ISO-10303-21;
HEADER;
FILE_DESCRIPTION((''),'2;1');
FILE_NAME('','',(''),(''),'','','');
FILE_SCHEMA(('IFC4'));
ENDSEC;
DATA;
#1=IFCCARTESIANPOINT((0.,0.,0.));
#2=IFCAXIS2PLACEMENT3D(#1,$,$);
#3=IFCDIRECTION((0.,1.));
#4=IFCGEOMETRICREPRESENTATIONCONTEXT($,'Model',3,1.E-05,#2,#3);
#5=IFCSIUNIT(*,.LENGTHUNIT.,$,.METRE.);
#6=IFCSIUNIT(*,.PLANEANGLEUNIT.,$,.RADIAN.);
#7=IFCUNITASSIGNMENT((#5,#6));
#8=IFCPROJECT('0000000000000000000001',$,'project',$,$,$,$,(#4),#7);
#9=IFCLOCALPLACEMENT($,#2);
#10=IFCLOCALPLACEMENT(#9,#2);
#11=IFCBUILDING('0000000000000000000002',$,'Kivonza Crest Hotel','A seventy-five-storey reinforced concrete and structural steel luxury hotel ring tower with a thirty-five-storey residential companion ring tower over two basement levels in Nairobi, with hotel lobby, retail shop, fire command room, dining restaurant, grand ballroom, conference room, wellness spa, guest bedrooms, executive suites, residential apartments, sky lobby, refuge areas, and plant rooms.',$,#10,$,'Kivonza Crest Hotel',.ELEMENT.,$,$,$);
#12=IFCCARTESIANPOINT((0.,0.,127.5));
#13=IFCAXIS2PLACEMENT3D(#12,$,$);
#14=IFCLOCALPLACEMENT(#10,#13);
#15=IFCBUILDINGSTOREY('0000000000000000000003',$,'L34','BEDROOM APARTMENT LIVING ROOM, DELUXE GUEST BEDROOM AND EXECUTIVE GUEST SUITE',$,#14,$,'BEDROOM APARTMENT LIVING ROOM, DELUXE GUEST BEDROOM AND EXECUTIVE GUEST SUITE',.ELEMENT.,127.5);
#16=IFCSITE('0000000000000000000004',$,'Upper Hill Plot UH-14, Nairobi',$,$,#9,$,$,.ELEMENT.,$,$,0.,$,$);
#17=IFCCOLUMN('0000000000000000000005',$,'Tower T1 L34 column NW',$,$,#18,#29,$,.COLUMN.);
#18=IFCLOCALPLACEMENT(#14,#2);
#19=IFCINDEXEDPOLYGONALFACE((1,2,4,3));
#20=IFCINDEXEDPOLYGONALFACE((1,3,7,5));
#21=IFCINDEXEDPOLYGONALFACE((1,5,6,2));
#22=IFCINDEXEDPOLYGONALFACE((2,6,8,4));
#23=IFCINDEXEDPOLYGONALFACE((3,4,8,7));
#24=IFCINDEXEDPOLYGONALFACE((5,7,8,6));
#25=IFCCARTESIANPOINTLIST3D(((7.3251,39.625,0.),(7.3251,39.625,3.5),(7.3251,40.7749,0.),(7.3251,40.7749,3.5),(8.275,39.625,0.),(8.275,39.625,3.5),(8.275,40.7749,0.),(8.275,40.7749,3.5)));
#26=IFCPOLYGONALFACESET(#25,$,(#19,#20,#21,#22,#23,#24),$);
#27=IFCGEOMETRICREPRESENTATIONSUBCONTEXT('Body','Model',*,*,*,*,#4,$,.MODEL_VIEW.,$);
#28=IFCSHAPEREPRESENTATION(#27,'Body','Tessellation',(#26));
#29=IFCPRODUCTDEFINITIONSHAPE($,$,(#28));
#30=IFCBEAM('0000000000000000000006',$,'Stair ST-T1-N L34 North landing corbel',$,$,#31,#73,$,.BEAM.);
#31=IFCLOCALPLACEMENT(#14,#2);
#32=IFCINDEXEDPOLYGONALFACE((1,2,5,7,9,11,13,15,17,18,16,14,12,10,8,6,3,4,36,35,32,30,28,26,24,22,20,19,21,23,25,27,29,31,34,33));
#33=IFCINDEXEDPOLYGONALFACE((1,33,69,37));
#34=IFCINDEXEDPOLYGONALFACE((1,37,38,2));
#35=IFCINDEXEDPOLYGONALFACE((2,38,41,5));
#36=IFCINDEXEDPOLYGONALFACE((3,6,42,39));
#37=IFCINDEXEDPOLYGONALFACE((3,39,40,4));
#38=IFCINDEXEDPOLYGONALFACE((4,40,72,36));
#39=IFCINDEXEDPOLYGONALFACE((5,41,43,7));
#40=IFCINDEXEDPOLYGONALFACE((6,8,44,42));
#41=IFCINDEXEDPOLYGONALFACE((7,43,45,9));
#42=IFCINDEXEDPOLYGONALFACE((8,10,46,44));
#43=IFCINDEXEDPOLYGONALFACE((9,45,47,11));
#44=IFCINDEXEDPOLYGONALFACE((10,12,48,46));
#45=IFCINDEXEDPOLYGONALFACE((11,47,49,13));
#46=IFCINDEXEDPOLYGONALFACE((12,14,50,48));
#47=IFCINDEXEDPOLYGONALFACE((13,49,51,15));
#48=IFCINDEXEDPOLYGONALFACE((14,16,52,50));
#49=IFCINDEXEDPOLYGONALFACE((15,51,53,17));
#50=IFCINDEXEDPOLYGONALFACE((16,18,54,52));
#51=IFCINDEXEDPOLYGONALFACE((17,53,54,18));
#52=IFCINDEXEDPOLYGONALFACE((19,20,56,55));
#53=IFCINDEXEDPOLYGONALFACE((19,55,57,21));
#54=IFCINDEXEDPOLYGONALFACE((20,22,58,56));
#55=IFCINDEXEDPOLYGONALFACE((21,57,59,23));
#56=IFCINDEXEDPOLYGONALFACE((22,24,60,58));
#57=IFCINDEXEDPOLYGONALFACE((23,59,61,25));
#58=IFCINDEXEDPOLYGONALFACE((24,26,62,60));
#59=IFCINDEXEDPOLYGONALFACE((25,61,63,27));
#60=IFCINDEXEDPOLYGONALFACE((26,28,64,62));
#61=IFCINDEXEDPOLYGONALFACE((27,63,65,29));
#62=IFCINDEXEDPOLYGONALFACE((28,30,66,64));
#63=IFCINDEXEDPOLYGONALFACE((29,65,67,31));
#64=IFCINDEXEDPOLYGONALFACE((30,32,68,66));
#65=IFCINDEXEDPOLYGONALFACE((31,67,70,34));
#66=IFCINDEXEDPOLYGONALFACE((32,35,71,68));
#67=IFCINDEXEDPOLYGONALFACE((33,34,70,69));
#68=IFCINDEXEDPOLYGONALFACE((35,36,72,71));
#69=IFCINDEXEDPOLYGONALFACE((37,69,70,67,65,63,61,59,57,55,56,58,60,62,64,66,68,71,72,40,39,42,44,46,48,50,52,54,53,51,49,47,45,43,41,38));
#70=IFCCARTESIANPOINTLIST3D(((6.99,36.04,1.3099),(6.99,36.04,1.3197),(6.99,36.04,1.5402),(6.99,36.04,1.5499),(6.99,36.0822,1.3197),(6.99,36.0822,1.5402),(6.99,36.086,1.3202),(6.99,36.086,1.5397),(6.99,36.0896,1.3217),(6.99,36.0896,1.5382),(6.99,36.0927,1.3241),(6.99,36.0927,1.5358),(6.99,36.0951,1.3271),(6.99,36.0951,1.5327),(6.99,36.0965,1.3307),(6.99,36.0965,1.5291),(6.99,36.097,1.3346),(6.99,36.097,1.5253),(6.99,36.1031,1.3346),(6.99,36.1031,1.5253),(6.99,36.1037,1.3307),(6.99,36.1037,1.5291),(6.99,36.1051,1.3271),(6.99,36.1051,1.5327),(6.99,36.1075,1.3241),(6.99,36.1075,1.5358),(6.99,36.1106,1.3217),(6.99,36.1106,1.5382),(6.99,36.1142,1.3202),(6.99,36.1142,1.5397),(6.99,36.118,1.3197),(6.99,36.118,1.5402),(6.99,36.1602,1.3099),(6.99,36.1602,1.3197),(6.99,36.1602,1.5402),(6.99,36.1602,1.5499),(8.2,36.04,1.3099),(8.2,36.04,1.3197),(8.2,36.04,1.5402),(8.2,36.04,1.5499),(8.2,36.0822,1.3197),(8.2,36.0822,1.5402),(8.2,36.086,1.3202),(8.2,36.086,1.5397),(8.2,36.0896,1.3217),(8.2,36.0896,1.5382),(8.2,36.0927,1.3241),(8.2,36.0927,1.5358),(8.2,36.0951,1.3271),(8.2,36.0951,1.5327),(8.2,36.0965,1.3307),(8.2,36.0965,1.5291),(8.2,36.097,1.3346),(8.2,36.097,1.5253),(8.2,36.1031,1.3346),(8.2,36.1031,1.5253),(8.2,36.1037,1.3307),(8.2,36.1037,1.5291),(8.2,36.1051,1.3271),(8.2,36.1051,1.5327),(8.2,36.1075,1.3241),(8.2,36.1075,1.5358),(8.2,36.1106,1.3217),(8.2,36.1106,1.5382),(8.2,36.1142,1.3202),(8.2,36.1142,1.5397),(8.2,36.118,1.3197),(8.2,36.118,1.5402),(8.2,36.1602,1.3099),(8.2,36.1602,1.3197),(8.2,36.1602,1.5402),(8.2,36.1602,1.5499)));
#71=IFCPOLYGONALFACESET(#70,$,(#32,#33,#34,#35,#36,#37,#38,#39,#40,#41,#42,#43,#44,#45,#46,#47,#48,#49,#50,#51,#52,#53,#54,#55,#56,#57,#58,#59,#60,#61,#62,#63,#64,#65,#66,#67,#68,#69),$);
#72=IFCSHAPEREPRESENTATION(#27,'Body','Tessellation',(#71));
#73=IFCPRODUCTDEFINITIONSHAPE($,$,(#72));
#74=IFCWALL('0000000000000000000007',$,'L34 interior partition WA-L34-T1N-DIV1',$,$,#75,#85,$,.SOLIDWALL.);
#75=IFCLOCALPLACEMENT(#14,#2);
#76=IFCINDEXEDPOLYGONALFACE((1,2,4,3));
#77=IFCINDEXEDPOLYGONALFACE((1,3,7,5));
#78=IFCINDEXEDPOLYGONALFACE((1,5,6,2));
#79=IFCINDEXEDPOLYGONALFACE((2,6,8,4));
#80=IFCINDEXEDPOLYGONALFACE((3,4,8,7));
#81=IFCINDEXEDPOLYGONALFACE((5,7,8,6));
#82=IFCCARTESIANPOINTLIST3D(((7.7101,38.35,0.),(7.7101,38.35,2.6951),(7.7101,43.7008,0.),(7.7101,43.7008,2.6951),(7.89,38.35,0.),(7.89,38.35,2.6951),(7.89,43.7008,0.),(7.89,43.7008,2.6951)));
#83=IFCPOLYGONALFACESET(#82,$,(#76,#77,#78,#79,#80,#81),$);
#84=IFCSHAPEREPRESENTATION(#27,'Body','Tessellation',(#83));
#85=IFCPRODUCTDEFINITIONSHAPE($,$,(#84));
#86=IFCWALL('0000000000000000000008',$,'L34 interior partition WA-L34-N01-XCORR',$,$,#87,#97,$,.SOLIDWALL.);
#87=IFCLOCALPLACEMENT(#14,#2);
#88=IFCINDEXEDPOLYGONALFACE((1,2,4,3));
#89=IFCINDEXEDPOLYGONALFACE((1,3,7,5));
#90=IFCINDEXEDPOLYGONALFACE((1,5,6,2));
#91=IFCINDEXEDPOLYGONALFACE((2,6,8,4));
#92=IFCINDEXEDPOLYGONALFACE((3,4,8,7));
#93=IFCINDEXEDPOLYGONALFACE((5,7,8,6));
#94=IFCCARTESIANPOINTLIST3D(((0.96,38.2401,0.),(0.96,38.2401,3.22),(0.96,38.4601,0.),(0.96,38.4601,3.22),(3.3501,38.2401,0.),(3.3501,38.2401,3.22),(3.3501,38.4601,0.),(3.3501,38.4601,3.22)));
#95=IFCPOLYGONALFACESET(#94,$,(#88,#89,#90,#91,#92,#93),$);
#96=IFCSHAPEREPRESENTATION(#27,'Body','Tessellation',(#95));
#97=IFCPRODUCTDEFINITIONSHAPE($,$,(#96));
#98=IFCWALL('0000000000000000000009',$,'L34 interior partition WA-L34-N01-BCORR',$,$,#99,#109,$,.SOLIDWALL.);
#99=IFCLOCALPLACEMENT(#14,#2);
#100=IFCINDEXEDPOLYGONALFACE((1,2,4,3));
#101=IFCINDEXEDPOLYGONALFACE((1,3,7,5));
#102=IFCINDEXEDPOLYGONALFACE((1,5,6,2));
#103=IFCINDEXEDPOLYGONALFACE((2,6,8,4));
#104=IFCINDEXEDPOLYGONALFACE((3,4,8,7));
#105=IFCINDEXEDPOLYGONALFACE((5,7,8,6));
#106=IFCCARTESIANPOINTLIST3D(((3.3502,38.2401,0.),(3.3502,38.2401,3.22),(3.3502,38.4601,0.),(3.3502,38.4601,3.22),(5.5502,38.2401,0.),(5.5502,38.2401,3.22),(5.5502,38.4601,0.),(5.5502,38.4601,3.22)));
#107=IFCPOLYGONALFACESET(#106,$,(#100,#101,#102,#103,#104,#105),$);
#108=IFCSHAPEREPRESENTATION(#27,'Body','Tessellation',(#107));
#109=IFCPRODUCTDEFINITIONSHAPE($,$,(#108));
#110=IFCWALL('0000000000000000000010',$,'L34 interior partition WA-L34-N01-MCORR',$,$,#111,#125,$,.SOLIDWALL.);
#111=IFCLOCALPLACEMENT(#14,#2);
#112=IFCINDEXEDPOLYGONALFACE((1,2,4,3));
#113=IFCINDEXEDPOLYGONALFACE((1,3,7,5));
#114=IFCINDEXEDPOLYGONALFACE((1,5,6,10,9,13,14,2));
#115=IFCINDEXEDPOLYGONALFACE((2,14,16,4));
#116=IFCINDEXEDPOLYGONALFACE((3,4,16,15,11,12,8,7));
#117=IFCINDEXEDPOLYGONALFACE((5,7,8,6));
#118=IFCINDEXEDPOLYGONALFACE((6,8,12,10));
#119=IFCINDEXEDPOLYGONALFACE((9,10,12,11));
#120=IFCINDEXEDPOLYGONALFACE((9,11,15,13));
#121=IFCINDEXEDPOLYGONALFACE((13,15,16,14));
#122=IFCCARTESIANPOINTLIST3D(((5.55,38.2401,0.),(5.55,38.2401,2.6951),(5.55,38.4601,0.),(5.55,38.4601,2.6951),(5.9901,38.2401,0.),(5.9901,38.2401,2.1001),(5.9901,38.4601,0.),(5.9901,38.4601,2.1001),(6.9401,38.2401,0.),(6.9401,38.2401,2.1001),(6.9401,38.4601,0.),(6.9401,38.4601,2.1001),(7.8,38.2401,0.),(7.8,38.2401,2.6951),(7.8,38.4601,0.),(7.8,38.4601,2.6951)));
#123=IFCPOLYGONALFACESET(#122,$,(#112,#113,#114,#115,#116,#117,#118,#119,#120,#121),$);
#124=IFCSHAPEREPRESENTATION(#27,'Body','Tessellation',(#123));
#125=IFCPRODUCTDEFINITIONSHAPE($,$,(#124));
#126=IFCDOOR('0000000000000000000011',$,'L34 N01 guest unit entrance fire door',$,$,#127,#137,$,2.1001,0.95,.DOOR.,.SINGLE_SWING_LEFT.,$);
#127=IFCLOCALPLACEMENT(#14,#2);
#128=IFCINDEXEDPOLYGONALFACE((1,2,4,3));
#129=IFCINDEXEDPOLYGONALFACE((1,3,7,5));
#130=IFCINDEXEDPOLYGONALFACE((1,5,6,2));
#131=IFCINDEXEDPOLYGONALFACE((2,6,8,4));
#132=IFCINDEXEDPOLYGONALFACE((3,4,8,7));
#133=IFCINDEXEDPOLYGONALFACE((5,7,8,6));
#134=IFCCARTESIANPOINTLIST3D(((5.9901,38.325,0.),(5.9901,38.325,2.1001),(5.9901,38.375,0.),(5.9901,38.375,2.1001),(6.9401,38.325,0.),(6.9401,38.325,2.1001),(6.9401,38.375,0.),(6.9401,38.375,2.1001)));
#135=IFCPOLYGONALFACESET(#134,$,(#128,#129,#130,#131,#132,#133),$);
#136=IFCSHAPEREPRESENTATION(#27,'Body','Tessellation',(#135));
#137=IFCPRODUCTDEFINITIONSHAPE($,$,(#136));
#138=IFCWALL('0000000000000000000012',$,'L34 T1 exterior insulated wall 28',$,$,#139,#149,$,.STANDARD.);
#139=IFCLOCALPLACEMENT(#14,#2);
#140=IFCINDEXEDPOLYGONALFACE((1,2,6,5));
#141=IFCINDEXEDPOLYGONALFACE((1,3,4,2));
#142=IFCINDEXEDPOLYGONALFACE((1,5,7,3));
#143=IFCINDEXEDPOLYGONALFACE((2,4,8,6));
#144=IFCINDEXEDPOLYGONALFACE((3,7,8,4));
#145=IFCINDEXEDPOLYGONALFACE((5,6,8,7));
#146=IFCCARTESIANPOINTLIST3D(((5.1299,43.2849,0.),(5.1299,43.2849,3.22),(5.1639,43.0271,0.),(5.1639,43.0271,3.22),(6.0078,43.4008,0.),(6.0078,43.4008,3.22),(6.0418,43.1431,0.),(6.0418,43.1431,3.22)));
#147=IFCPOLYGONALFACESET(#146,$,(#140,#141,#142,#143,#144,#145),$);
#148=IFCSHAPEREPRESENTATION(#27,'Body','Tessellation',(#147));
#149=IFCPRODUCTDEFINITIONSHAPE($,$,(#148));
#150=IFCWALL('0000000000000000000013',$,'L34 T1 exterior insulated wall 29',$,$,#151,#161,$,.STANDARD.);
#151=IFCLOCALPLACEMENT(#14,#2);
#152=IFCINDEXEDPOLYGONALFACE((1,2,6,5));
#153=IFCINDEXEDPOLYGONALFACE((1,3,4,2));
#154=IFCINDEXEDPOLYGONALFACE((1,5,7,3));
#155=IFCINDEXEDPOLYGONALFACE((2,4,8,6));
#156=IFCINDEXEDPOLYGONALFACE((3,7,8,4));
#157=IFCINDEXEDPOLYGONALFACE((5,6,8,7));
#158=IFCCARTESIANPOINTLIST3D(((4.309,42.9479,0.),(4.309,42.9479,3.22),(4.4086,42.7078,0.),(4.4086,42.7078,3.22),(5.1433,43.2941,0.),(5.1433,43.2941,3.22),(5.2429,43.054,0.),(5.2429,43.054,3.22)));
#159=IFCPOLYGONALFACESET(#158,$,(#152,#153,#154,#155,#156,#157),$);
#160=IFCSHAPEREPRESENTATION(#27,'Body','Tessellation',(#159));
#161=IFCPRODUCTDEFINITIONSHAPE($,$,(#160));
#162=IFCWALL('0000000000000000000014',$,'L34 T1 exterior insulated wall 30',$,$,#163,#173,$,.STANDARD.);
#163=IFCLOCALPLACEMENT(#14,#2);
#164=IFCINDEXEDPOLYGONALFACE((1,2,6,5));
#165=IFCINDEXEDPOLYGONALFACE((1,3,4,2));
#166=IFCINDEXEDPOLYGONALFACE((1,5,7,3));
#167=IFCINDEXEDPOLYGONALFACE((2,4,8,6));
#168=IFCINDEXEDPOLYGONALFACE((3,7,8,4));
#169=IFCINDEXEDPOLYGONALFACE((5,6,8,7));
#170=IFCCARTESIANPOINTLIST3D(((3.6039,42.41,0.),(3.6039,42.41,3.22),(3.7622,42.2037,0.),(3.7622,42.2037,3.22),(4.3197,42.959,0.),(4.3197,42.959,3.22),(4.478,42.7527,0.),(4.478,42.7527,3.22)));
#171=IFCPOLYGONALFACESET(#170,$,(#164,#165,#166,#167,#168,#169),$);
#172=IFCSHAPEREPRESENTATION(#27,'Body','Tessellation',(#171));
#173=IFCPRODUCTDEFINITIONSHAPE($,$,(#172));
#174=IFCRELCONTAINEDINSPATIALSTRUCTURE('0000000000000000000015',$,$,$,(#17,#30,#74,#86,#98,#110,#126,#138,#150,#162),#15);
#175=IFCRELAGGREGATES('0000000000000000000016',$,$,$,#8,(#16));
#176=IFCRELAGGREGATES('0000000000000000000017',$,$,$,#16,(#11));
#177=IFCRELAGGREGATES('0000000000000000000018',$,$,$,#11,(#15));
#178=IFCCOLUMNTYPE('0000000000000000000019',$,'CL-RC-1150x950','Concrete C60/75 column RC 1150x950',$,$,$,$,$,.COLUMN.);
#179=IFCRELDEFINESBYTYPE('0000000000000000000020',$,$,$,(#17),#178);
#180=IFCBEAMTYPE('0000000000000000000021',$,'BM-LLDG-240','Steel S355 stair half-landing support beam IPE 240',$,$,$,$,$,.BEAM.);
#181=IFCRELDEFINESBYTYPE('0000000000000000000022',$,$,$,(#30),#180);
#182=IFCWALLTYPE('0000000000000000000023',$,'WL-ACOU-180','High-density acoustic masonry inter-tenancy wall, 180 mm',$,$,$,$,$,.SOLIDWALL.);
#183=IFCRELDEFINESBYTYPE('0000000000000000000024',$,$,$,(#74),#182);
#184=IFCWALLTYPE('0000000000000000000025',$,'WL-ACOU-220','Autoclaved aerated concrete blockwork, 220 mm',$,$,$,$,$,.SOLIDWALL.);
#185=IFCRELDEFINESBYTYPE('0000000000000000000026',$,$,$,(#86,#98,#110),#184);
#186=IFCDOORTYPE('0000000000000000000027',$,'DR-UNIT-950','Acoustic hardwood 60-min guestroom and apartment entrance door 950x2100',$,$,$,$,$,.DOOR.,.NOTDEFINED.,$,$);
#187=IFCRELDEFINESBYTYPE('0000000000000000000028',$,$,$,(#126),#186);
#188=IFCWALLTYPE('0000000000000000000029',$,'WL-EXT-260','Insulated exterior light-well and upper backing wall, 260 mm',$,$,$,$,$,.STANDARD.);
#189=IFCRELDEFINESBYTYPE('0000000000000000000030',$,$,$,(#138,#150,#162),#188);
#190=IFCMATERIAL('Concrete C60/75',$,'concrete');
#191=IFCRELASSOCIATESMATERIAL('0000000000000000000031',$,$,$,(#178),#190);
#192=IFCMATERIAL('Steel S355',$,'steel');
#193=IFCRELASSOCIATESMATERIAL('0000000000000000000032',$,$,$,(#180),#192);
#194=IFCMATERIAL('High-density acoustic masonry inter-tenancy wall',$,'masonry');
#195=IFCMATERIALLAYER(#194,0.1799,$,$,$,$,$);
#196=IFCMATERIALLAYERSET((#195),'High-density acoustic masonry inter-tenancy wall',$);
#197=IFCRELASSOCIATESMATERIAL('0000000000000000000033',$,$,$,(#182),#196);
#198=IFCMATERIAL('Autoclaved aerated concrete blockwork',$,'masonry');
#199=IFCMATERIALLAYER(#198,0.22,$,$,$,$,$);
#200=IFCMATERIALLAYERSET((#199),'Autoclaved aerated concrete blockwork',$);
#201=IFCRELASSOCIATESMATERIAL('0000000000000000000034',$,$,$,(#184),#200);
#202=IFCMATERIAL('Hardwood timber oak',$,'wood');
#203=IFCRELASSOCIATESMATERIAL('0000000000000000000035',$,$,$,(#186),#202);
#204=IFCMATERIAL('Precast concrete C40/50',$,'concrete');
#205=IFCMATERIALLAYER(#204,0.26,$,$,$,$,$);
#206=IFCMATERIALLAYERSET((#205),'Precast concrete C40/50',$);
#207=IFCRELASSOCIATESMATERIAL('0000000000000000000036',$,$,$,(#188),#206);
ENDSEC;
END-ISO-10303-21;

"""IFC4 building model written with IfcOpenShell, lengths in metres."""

from ifc_helpers import new_model, si_unit, direction, frame, frame_2d, origin, origin_2d, place, context, subcontext, project, spatial, rectangle, i_section, extrude, material, layer, layer_set, material_profile, profile_set, type_object, element, fill, save


model = new_model("IFC4")

# Units and contexts
model_context = context("Model", 3, precision=1e-05, world=origin(), true_north=direction((0.0, 1.0)))
body_context = subcontext(model_context, "Body", "Model", "MODEL_VIEW")
ifc_project = project(units=[si_unit("LENGTHUNIT", "METRE"), si_unit("PLANEANGLEUNIT", "RADIAN")], contexts=[model_context])

# Site, building, storey
site_placement = place(None, origin())
site = spatial("IfcSite", under=ifc_project, at=site_placement, Name="Upper Hill Plot UH-14, Nairobi", CompositionType="ELEMENT", RefElevation=0.0)
building_placement = place(site_placement, origin())
building = spatial("IfcBuilding", under=site, at=building_placement, Name="Kivonza Crest Hotel", Description="A seventy-five-storey reinforced concrete and structural steel luxury hotel ring tower with a thirty-five-storey residential companion ring tower over two basement levels in Nairobi, with hotel lobby, retail shop, fire command room, dining restaurant, grand ballroom, conference room, wellness spa, guest bedrooms, executive suites, residential apartments, sky lobby, refuge areas, and plant rooms.", LongName="Kivonza Crest Hotel", CompositionType="ELEMENT")
storey_placement = place(building_placement, frame((0.0, 0.0, 127.5)))
storey = spatial("IfcBuildingStorey", under=building, at=storey_placement, Name="L34", Description="BEDROOM APARTMENT LIVING ROOM, DELUXE GUEST BEDROOM AND EXECUTIVE GUEST SUITE", LongName="BEDROOM APARTMENT LIVING ROOM, DELUXE GUEST BEDROOM AND EXECUTIVE GUEST SUITE", CompositionType="ELEMENT", Elevation=127.5)

# Column
ifc_material_1 = material(Name="Concrete C60/75", Category="concrete")
ifc_material_profile_1 = material_profile(ifc_material_1, rectangle(XDim=0.95, YDim=1.1499, at=origin_2d()), Name="RC 1150x950")
ifc_profile_set_1 = profile_set([ifc_material_profile_1], Name="Concrete C60/75")
column_type = type_object("IfcColumnType", Name="CL-RC-1150x950", Description="Concrete C60/75 column RC 1150x950", PredefinedType="COLUMN", material=ifc_profile_set_1)
column_placement = place(storey_placement, frame((7.8, 40.2, 0.0), z_axis=(0.0, 0.0, 1.0), x_axis=(1.0, 0.0, 0.0)))
element("IfcColumn", 1, at=column_placement, inside=storey, type_object=column_type, Name="Tower T1 L34 column NW", PredefinedType="COLUMN", context=body_context, shape_type="SweptSolid", body=[
    extrude(rectangle(XDim=0.95, YDim=1.1499, at=origin_2d()), origin(), (0.0, 0.0, 1.0), 3.5),
])

# Beam
ifc_material_2 = material(Name="Steel S355", Category="steel")
ifc_material_profile_2 = material_profile(ifc_material_2, i_section(OverallWidth=0.1201, OverallDepth=0.24, WebThickness=0.0061, FlangeThickness=0.0098, FilletRadius=0.0149, at=origin_2d()), Name="IPE 240")
ifc_profile_set_2 = profile_set([ifc_material_profile_2], Name="Steel S355")
beam_type = type_object("IfcBeamType", Name="BM-LLDG-240", Description="Steel S355 stair half-landing support beam IPE 240", PredefinedType="BEAM", material=ifc_profile_set_2)
beam_placement = place(storey_placement, frame((6.99, 36.1001, 1.4299), z_axis=(1.0, 0.0, 0.0), x_axis=(0.0, 1.0, 0.0)))
element("IfcBeam", 2, at=beam_placement, inside=storey, type_object=beam_type, Name="Stair ST-T1-N L34 North landing corbel", PredefinedType="BEAM", context=body_context, shape_type="SweptSolid", body=[
    extrude(i_section(OverallWidth=0.1201, OverallDepth=0.24, WebThickness=0.0061, FlangeThickness=0.0098, FilletRadius=0.0149, at=origin_2d()), origin(), (0.0, 0.0, 1.0), 1.21),
])

# Walls
ifc_material_3 = material(Name="High-density acoustic masonry inter-tenancy wall", Category="masonry")
ifc_layer_1 = layer(ifc_material_3, 0.1799)
ifc_layer_set_1 = layer_set([ifc_layer_1], Name="High-density acoustic masonry inter-tenancy wall")
wall_type_1 = type_object("IfcWallType", Name="WL-ACOU-180", Description="High-density acoustic masonry inter-tenancy wall, 180 mm", PredefinedType="SOLIDWALL", material=ifc_layer_set_1)
wall_1_placement = place(storey_placement, frame((7.8, 38.3501, 0.0), z_axis=(0.0, 0.0, 1.0), x_axis=(0.0, 1.0, 0.0)))
element("IfcWall", 3, at=wall_1_placement, inside=storey, type_object=wall_type_1, Name="L34 interior partition WA-L34-T1N-DIV1", PredefinedType="SOLIDWALL", context=body_context, shape_type="SweptSolid", body=[
    extrude(rectangle(XDim=5.3508, YDim=0.1799, at=frame_2d((2.6753, 0.0))), origin(), (0.0, 0.0, 1.0), 2.6951),
])
ifc_material_4 = material(Name="Autoclaved aerated concrete blockwork", Category="masonry")
ifc_layer_2 = layer(ifc_material_4, 0.22)
ifc_layer_set_2 = layer_set([ifc_layer_2], Name="Autoclaved aerated concrete blockwork")
wall_type_2 = type_object("IfcWallType", Name="WL-ACOU-220", Description="Autoclaved aerated concrete blockwork, 220 mm", PredefinedType="SOLIDWALL", material=ifc_layer_set_2)
wall_2_placement = place(storey_placement, frame((0.96, 38.3501, 0.0), z_axis=(0.0, 0.0, 1.0), x_axis=(1.0, 0.0, 0.0)))
element("IfcWall", 4, at=wall_2_placement, inside=storey, type_object=wall_type_2, Name="L34 interior partition WA-L34-N01-XCORR", PredefinedType="SOLIDWALL", context=body_context, shape_type="SweptSolid", body=[
    extrude(rectangle(XDim=2.3901, YDim=0.22, at=frame_2d((1.1951, 0.0))), origin(), (0.0, 0.0, 1.0), 3.22),
])
wall_3_placement = place(storey_placement, frame((3.3501, 38.3501, 0.0), z_axis=(0.0, 0.0, 1.0), x_axis=(1.0, 0.0, 0.0)))
element("IfcWall", 5, at=wall_3_placement, inside=storey, type_object=wall_type_2, Name="L34 interior partition WA-L34-N01-BCORR", PredefinedType="SOLIDWALL", context=body_context, shape_type="SweptSolid", body=[
    extrude(rectangle(XDim=2.2, YDim=0.22, at=frame_2d((1.1001, 0.0))), origin(), (0.0, 0.0, 1.0), 3.22),
])

# Wall, opening, door
wall_4_placement = place(storey_placement, frame((5.55, 38.3501, 0.0), z_axis=(0.0, 0.0, 1.0), x_axis=(1.0, 0.0, 0.0)))
wall_4 = element("IfcWall", 6, at=wall_4_placement, inside=storey, type_object=wall_type_2, Name="L34 interior partition WA-L34-N01-MCORR", PredefinedType="SOLIDWALL", context=body_context, shape_type="SweptSolid", body=[
    extrude(rectangle(XDim=2.25, YDim=0.22, at=frame_2d((1.125, 0.0))), origin(), (0.0, 0.0, 1.0), 2.6951),
])
opening_1_placement = place(wall_4_placement, frame((0.4399, 0.0, 0.0)))
opening_1 = element("IfcOpeningElement", 7, at=opening_1_placement, cuts=wall_4, PredefinedType="OPENING", context=body_context, shape_type="SweptSolid", body=[
    extrude(rectangle(XDim=0.95, YDim=2.1001, at=frame_2d((0.4751, 1.05))), frame((0.0, 0.1201, 0.0), z_axis=(0.0, -1.0, 0.0), x_axis=(1.0, 0.0, 0.0)), (0.0, 0.0, 1.0), 0.24),
])
ifc_material_5 = material(Name="Hardwood timber oak", Category="wood")
door_type_1 = type_object("IfcDoorType", Name="DR-UNIT-950", Description="Acoustic hardwood 60-min guestroom and apartment entrance door 950x2100", OperationType="NOTDEFINED", PredefinedType="DOOR", material=ifc_material_5)
door_1_placement = place(opening_1_placement, origin())
door_1 = element("IfcDoor", 8, at=door_1_placement, inside=storey, type_object=door_type_1, Name="L34 N01 guest unit entrance fire door", OperationType="SINGLE_SWING_LEFT", OverallHeight=2.1001, OverallWidth=0.95, PredefinedType="DOOR", context=body_context, shape_type="SweptSolid", body=[
    extrude(rectangle(XDim=0.95, YDim=2.1001, at=frame_2d((0.4751, 1.05))), frame((0.0, 0.0249, 0.0), z_axis=(0.0, -1.0, 0.0), x_axis=(1.0, 0.0, 0.0)), (0.0, 0.0, 1.0), 0.05),
])
fill(opening_1, door_1)

# Walls
ifc_material_6 = material(Name="Precast concrete C40/50", Category="concrete")
ifc_layer_3 = layer(ifc_material_6, 0.26)
ifc_layer_set_3 = layer_set([ifc_layer_3], Name="Precast concrete C40/50")
wall_type_3 = type_object("IfcWallType", Name="WL-EXT-260", Description="Insulated exterior light-well and upper backing wall, 260 mm", PredefinedType="STANDARD", material=ifc_layer_set_3)
wall_5_placement = place(storey_placement, frame((6.0249, 43.272, 0.0), z_axis=(0.0, 0.0, 1.0), x_axis=(-0.991388, -0.130954, 0.0)))
element("IfcWall", 9, at=wall_5_placement, inside=storey, type_object=wall_type_3, Name="L34 T1 exterior insulated wall 28", PredefinedType="STANDARD", context=body_context, shape_type="SweptSolid", body=[
    extrude(rectangle(XDim=0.8855, YDim=0.26, at=frame_2d((0.4429, 0.0))), origin(), (0.0, 0.0, 1.0), 3.22),
])
wall_6_placement = place(storey_placement, frame((5.1931, 43.1741, 0.0), z_axis=(0.0, 0.0, 1.0), x_axis=(-0.923628, -0.383291, 0.0)))
element("IfcWall", 10, at=wall_6_placement, inside=storey, type_object=wall_type_3, Name="L34 T1 exterior insulated wall 29", PredefinedType="STANDARD", context=body_context, shape_type="SweptSolid", body=[
    extrude(rectangle(XDim=0.9033, YDim=0.26, at=frame_2d((0.4517, 0.0))), origin(), (0.0, 0.0, 1.0), 3.22),
])
wall_7_placement = place(storey_placement, frame((4.3989, 42.856, 0.0), z_axis=(0.0, 0.0, 1.0), x_axis=(-0.793458, -0.608625, 0.0)))
element("IfcWall", 11, at=wall_7_placement, inside=storey, type_object=wall_type_3, Name="L34 T1 exterior insulated wall 30", PredefinedType="STANDARD", context=body_context, shape_type="SweptSolid", body=[
    extrude(rectangle(XDim=0.9021, YDim=0.26, at=frame_2d((0.4512, 0.0))), origin(), (0.0, 0.0, 1.0), 3.22),
])

save(model, "model.ifc")
